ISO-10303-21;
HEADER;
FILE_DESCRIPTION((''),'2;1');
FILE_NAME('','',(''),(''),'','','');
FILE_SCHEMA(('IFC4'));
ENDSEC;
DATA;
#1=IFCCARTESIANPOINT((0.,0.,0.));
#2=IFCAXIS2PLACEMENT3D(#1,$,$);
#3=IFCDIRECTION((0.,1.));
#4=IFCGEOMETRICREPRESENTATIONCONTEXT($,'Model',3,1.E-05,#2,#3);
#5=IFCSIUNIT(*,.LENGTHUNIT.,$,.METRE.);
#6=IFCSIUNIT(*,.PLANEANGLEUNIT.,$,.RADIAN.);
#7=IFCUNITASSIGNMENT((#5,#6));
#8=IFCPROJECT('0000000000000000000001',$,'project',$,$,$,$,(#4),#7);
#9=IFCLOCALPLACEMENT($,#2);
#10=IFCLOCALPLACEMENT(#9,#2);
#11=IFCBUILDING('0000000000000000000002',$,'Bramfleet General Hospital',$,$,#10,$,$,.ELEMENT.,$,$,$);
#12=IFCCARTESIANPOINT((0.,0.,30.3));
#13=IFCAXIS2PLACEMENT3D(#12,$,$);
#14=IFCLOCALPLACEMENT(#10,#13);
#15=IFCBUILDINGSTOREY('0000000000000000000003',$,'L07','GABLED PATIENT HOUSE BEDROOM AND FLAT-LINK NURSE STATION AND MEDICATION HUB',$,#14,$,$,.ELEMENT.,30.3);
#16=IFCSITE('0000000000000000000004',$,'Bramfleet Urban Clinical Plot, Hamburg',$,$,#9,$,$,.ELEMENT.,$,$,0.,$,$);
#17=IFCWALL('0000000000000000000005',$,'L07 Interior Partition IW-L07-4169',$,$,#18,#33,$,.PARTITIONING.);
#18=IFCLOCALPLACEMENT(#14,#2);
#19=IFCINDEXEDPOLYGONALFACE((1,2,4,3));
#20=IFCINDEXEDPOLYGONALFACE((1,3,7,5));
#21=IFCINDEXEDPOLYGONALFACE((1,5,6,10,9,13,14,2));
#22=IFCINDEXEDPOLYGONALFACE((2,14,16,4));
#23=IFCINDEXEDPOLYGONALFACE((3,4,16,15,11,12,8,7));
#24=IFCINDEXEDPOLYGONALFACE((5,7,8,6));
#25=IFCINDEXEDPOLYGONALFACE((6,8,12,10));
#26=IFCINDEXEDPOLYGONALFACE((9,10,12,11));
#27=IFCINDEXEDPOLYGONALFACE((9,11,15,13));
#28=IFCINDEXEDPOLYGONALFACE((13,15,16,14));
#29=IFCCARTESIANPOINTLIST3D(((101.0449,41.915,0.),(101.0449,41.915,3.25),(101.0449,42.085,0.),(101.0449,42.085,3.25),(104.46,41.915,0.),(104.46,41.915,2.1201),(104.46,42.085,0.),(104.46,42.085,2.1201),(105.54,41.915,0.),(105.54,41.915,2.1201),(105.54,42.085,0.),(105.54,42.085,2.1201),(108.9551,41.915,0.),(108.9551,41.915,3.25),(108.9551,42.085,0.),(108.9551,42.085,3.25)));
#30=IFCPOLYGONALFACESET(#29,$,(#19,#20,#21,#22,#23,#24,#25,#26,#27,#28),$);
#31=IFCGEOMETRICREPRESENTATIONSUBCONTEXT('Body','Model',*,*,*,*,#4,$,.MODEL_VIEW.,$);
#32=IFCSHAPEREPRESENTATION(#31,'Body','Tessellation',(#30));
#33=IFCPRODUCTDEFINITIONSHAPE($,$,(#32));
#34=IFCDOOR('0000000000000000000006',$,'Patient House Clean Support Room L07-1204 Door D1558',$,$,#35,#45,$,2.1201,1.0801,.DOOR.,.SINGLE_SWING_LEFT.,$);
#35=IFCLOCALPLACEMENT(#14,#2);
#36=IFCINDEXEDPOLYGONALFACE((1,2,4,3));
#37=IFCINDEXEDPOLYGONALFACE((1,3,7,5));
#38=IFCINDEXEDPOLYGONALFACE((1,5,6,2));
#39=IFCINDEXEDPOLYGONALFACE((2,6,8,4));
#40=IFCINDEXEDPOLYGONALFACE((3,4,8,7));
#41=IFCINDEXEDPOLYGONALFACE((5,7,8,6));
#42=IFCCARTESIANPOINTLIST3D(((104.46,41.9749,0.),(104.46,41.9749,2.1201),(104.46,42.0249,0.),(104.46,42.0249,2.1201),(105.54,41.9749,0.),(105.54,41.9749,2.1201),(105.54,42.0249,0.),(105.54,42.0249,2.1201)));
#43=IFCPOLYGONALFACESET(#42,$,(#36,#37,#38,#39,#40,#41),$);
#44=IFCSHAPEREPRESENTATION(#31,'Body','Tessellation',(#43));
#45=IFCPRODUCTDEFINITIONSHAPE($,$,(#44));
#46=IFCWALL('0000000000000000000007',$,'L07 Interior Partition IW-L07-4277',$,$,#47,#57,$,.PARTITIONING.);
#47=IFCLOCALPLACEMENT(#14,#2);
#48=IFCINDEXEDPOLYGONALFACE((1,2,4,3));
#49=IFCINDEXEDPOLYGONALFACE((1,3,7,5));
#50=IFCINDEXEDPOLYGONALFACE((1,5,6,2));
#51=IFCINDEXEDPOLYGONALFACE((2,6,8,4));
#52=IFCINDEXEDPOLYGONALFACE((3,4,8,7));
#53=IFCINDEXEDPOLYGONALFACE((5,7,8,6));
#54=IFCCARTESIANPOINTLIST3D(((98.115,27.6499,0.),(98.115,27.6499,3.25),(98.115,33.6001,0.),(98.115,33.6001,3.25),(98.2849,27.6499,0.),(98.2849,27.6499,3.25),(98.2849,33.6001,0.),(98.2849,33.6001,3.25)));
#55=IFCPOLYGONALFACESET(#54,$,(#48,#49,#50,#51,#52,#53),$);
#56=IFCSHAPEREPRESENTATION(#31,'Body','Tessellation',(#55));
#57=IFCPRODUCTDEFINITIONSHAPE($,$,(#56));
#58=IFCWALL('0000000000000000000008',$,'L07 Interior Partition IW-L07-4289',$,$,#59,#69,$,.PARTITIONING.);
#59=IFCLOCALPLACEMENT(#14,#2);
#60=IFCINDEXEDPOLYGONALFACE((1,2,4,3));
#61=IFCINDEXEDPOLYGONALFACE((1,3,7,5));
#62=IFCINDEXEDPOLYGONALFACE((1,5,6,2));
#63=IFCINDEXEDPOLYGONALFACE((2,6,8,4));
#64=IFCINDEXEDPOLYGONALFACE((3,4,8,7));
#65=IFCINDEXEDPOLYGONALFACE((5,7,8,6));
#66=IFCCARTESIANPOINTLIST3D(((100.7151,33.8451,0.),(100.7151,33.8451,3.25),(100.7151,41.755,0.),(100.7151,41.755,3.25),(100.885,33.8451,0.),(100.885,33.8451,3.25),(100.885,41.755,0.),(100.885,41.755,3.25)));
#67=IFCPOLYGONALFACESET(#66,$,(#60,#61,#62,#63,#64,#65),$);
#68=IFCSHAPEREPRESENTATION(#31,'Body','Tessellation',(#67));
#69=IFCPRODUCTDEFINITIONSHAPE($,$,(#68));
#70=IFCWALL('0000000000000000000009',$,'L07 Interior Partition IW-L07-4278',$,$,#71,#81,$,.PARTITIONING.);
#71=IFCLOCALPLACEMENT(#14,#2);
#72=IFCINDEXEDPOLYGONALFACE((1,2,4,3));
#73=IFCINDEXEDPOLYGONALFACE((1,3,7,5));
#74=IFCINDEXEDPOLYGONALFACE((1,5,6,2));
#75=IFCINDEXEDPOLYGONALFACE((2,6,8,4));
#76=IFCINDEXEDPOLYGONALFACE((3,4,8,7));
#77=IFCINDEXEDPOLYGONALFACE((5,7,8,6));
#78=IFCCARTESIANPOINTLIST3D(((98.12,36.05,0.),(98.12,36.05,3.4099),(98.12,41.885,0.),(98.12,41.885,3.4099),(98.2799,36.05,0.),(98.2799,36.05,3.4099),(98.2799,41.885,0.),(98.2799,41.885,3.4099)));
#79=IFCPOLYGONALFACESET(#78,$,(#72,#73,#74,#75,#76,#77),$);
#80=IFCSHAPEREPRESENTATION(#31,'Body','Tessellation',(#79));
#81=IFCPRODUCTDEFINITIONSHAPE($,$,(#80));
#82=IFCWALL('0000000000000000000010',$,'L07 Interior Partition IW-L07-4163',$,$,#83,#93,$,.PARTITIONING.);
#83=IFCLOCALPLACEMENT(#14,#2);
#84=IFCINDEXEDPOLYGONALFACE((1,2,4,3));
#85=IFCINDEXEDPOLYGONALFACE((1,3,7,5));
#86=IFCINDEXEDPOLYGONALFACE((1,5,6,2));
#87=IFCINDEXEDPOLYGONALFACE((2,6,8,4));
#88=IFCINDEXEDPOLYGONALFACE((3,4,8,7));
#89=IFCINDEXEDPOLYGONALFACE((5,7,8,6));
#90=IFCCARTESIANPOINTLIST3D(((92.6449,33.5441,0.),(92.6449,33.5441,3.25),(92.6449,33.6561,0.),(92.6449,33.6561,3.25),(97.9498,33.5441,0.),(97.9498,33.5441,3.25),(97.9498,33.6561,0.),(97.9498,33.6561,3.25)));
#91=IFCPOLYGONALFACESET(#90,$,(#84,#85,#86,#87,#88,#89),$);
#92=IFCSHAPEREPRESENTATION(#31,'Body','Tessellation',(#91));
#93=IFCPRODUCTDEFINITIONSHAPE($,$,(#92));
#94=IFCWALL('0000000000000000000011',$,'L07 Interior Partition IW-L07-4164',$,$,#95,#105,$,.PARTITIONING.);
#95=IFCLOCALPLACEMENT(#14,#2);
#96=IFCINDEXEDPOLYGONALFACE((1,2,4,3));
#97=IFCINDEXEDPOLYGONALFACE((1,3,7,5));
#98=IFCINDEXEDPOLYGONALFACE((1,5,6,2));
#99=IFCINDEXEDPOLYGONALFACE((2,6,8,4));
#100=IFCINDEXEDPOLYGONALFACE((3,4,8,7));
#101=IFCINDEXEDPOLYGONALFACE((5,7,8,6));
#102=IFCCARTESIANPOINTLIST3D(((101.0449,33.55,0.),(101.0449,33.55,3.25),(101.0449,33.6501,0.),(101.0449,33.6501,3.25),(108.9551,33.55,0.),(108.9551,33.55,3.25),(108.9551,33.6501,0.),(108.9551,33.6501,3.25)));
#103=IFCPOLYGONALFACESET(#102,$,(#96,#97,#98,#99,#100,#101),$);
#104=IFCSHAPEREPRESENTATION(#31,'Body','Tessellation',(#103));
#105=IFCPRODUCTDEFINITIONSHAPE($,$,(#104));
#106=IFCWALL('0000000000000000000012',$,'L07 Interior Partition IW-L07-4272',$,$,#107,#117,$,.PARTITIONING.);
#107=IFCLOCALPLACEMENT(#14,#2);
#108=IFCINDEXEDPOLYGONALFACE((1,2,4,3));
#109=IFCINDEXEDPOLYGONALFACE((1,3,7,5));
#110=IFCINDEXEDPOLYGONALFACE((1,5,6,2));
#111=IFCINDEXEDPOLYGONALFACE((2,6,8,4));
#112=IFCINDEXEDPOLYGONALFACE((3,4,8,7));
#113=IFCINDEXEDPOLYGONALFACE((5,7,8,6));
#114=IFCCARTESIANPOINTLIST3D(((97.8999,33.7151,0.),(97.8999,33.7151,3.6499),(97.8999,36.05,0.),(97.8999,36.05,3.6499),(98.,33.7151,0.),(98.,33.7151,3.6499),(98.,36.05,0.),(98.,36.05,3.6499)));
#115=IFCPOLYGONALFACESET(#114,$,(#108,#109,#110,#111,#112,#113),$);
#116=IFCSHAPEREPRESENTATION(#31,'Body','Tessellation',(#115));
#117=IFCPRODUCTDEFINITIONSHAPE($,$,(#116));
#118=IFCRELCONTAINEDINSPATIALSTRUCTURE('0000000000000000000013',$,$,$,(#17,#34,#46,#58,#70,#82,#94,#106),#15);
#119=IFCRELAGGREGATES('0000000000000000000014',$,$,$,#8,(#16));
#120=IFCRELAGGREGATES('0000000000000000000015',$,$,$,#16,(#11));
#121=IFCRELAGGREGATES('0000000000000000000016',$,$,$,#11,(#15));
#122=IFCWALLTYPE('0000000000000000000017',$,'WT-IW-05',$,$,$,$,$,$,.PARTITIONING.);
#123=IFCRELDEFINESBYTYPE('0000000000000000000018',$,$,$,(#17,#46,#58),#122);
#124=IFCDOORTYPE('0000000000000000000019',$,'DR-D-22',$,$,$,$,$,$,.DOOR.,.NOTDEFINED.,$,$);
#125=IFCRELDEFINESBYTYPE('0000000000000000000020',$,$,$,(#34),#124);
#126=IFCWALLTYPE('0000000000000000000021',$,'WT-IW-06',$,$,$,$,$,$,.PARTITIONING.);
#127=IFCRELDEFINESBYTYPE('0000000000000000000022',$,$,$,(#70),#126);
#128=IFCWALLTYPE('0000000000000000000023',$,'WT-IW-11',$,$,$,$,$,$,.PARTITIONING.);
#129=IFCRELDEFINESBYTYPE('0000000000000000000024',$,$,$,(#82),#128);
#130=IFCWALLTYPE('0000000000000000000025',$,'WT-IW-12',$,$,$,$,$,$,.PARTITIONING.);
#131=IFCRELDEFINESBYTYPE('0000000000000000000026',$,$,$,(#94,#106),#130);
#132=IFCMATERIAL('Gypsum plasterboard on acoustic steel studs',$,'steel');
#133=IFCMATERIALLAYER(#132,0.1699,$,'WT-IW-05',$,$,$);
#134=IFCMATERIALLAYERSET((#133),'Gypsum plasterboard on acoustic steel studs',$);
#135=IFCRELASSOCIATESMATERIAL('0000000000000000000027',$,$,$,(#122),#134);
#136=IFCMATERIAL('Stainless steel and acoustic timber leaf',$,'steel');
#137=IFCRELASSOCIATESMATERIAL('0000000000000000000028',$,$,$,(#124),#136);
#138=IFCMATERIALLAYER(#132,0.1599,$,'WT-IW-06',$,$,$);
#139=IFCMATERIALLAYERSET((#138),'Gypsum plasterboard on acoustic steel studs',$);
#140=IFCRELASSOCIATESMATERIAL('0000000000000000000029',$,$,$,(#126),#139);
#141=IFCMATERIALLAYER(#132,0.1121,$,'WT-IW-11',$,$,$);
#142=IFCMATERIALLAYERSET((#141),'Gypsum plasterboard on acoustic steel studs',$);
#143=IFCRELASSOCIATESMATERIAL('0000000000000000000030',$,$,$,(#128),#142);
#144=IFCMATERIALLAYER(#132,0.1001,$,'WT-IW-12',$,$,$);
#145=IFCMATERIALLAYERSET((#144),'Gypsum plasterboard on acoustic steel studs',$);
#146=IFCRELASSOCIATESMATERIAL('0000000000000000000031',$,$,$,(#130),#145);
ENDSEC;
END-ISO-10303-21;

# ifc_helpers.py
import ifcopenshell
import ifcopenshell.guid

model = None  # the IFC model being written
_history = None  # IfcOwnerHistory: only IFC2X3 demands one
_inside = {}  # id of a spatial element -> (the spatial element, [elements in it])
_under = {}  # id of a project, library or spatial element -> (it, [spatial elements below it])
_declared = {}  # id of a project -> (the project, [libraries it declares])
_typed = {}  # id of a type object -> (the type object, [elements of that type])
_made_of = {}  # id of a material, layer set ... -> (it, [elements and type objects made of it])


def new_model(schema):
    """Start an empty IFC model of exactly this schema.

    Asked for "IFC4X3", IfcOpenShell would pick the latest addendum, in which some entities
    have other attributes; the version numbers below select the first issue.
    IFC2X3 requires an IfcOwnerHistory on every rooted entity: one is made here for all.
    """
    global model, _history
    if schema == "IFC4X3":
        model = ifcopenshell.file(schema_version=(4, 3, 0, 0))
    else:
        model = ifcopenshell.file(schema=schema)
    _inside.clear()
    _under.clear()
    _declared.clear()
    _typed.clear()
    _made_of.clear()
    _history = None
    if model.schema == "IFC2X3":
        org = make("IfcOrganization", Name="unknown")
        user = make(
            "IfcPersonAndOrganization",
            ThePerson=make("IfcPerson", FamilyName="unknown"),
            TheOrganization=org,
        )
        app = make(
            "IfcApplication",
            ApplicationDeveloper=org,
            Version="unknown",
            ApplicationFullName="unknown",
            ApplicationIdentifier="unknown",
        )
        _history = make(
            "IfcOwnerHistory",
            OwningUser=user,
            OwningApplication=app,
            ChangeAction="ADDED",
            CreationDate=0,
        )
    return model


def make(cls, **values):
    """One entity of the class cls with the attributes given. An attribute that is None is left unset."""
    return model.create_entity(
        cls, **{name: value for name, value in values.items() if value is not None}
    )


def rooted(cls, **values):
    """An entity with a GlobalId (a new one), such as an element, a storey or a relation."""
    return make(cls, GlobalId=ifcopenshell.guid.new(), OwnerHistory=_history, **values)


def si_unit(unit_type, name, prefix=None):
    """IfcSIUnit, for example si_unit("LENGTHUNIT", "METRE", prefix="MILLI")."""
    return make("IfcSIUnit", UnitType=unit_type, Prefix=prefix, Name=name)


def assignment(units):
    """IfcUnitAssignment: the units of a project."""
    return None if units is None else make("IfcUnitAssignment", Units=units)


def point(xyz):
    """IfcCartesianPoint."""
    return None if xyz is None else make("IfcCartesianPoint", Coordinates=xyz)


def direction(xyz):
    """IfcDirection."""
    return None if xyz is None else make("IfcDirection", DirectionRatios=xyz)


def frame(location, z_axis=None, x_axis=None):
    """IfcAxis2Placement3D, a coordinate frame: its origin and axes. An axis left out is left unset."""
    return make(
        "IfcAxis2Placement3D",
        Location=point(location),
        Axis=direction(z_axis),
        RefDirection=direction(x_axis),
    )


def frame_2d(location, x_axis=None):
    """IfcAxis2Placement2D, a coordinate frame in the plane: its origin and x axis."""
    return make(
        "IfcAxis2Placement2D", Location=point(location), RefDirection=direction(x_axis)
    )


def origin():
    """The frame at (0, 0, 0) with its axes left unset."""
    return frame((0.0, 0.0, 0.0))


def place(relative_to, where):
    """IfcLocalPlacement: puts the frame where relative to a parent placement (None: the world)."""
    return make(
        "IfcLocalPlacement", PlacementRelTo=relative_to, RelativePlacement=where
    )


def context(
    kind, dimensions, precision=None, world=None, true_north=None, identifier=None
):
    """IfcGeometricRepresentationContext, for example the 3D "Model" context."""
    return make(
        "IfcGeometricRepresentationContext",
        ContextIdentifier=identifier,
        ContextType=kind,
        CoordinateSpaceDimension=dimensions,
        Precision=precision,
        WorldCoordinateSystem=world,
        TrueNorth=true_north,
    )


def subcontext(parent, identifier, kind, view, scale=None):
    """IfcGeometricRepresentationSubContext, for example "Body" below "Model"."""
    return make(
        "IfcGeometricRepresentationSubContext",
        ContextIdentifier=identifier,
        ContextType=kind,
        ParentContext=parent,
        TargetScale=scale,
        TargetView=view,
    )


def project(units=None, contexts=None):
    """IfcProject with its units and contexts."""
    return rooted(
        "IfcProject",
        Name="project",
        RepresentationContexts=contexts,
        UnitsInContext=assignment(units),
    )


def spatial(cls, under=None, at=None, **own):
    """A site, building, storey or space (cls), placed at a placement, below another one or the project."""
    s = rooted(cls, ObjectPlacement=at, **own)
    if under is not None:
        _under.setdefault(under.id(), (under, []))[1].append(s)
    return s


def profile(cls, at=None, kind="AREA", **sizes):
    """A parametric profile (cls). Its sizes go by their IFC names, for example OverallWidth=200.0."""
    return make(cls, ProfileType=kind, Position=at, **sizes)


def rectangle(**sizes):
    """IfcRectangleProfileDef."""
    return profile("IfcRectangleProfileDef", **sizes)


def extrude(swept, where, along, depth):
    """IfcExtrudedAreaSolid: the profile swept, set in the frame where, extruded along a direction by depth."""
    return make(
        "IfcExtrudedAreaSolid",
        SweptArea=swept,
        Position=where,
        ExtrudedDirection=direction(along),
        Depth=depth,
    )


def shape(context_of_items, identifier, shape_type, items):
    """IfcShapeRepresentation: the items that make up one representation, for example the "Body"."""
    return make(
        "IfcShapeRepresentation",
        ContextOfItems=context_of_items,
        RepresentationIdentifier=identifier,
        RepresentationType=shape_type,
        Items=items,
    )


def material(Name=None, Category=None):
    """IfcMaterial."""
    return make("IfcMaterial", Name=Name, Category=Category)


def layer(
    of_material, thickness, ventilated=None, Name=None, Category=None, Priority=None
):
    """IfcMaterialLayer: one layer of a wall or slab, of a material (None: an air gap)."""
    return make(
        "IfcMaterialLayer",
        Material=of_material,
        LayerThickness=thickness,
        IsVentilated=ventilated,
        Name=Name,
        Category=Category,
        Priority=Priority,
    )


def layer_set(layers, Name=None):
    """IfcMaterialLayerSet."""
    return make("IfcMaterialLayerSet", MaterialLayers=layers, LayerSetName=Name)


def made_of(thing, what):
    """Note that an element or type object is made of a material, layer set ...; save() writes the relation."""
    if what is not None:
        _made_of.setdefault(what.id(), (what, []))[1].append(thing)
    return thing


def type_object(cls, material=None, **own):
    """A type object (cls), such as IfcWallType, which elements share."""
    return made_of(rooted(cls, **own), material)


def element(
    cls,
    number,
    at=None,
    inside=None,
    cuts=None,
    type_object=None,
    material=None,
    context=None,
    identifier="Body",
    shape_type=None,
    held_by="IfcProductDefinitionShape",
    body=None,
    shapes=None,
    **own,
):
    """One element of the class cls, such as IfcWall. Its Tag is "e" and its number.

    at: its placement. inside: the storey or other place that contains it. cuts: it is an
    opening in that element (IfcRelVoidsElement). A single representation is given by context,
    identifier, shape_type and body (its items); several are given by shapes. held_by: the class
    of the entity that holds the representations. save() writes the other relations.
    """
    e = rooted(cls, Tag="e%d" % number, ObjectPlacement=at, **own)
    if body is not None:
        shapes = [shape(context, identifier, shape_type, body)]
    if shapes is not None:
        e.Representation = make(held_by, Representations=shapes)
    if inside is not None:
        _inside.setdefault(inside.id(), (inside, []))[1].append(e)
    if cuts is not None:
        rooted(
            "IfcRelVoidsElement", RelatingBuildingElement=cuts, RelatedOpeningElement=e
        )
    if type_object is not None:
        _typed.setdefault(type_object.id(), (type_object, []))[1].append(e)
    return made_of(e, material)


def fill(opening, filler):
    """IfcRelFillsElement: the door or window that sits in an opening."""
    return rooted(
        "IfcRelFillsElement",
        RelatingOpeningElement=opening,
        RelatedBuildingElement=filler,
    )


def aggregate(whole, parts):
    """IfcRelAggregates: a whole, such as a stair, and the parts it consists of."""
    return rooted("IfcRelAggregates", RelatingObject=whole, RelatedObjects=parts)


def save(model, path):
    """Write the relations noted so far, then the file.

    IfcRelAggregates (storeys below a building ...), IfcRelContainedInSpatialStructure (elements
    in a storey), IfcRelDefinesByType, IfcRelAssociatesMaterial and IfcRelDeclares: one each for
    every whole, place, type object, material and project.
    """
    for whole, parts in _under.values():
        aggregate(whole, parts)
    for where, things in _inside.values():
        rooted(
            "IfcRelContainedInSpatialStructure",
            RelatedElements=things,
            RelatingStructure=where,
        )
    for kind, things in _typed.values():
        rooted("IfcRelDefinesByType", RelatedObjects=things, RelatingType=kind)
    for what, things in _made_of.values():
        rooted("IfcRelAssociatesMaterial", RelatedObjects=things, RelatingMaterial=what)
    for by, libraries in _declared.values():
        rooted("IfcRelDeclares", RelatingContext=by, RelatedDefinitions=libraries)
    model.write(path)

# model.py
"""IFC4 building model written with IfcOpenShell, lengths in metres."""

from ifc_helpers import new_model, si_unit, direction, frame, frame_2d, origin, place, context, subcontext, project, spatial, rectangle, extrude, material, layer, layer_set, type_object, element, fill, save


model = new_model("IFC4")

# Units and contexts
model_context = context("Model", 3, precision=1e-05, world=origin(), true_north=direction((0.0, 1.0)))
body_context = subcontext(model_context, "Body", "Model", "MODEL_VIEW")
ifc_project = project(units=[si_unit("LENGTHUNIT", "METRE"), si_unit("PLANEANGLEUNIT", "RADIAN")], contexts=[model_context])

# Site, building, storey
site_placement = place(None, origin())
site = spatial("IfcSite", under=ifc_project, at=site_placement, Name="Bramfleet Urban Clinical Plot, Hamburg", CompositionType="ELEMENT", RefElevation=0.0)
building_placement = place(site_placement, origin())
building = spatial("IfcBuilding", under=site, at=building_placement, Name="Bramfleet General Hospital", CompositionType="ELEMENT")
storey_placement = place(building_placement, frame((0.0, 0.0, 30.3)))
storey = spatial("IfcBuildingStorey", under=building, at=storey_placement, Name="L07", Description="GABLED PATIENT HOUSE BEDROOM AND FLAT-LINK NURSE STATION AND MEDICATION HUB", CompositionType="ELEMENT", Elevation=30.3)

# Shared definitions
ifc_material_1 = material(Name="Stainless steel and acoustic timber leaf", Category="steel")

# Wall, opening, door
ifc_material_2 = material(Name="Gypsum plasterboard on acoustic steel studs", Category="steel")
ifc_layer_1 = layer(ifc_material_2, 0.1699, Name="WT-IW-05")
ifc_layer_set_1 = layer_set([ifc_layer_1], Name="Gypsum plasterboard on acoustic steel studs")
wall_type_1 = type_object("IfcWallType", Name="WT-IW-05", PredefinedType="PARTITIONING", material=ifc_layer_set_1)
wall_1_placement = place(storey_placement, frame((101.0449, 42.0, 0.0), z_axis=(0.0, 0.0, 1.0), x_axis=(1.0, 0.0, 0.0)))
wall_1 = element("IfcWall", 1, at=wall_1_placement, inside=storey, type_object=wall_type_1, Name="L07 Interior Partition IW-L07-4169", PredefinedType="PARTITIONING", context=body_context, shape_type="SweptSolid", body=[
    extrude(rectangle(XDim=7.9102, YDim=0.1699, at=frame_2d((3.9551, 0.0))), origin(), (0.0, 0.0, 1.0), 3.25),
])
opening_1_placement = place(wall_1_placement, frame((3.415, 0.0, 0.0)))
opening_1 = element("IfcOpeningElement", 2, at=opening_1_placement, cuts=wall_1, PredefinedType="OPENING", context=body_context, shape_type="SweptSolid", body=[
    extrude(rectangle(XDim=1.0801, YDim=2.1201, at=frame_2d((0.54, 1.0601))), frame((0.0, 0.095, 0.0), z_axis=(0.0, -1.0, 0.0), x_axis=(1.0, 0.0, 0.0)), (0.0, 0.0, 1.0), 0.1899),
])
door_type_1 = type_object("IfcDoorType", Name="DR-D-22", OperationType="NOTDEFINED", PredefinedType="DOOR", material=ifc_material_1)
door_1_placement = place(opening_1_placement, origin())
door_1 = element("IfcDoor", 3, at=door_1_placement, inside=storey, type_object=door_type_1, Name="Patient House Clean Support Room L07-1204 Door D1558", OperationType="SINGLE_SWING_LEFT", OverallHeight=2.1201, OverallWidth=1.0801, PredefinedType="DOOR", context=body_context, shape_type="SweptSolid", body=[
    extrude(rectangle(XDim=1.0801, YDim=2.1201, at=frame_2d((0.54, 1.0601))), frame((0.0, 0.0249, 0.0), z_axis=(0.0, -1.0, 0.0), x_axis=(1.0, 0.0, 0.0)), (0.0, 0.0, 1.0), 0.05),
])
fill(opening_1, door_1)

# Walls
wall_2_placement = place(storey_placement, frame((98.2, 27.6499, 0.0), z_axis=(0.0, 0.0, 1.0), x_axis=(0.0, 1.0, 0.0)))
element("IfcWall", 4, at=wall_2_placement, inside=storey, type_object=wall_type_1, Name="L07 Interior Partition IW-L07-4277", PredefinedType="PARTITIONING", context=body_context, shape_type="SweptSolid", body=[
    extrude(rectangle(XDim=5.9502, YDim=0.1699, at=frame_2d((2.9751, 0.0))), origin(), (0.0, 0.0, 1.0), 3.25),
])
wall_3_placement = place(storey_placement, frame((100.8, 33.845, 0.0), z_axis=(0.0, 0.0, 1.0), x_axis=(0.0, 1.0, 0.0)))
element("IfcWall", 5, at=wall_3_placement, inside=storey, type_object=wall_type_1, Name="L07 Interior Partition IW-L07-4289", PredefinedType="PARTITIONING", context=body_context, shape_type="SweptSolid", body=[
    extrude(rectangle(XDim=7.9099, YDim=0.1699, at=frame_2d((3.9551, 0.0))), origin(), (0.0, 0.0, 1.0), 3.25),
])
ifc_layer_2 = layer(ifc_material_2, 0.1599, Name="WT-IW-06")
ifc_layer_set_2 = layer_set([ifc_layer_2], Name="Gypsum plasterboard on acoustic steel studs")
wall_type_2 = type_object("IfcWallType", Name="WT-IW-06", PredefinedType="PARTITIONING", material=ifc_layer_set_2)
wall_4_placement = place(storey_placement, frame((98.2, 36.05, 0.0), z_axis=(0.0, 0.0, 1.0), x_axis=(0.0, 1.0, 0.0)))
element("IfcWall", 6, at=wall_4_placement, inside=storey, type_object=wall_type_2, Name="L07 Interior Partition IW-L07-4278", PredefinedType="PARTITIONING", context=body_context, shape_type="SweptSolid", body=[
    extrude(rectangle(XDim=5.835, YDim=0.1599, at=frame_2d((2.9175, 0.0))), origin(), (0.0, 0.0, 1.0), 3.4099),
])
ifc_layer_3 = layer(ifc_material_2, 0.1121, Name="WT-IW-11")
ifc_layer_set_3 = layer_set([ifc_layer_3], Name="Gypsum plasterboard on acoustic steel studs")
wall_type_3 = type_object("IfcWallType", Name="WT-IW-11", PredefinedType="PARTITIONING", material=ifc_layer_set_3)
wall_5_placement = place(storey_placement, frame((92.645, 33.6001, 0.0), z_axis=(0.0, 0.0, 1.0), x_axis=(1.0, 0.0, 0.0)))
element("IfcWall", 7, at=wall_5_placement, inside=storey, type_object=wall_type_3, Name="L07 Interior Partition IW-L07-4163", PredefinedType="PARTITIONING", context=body_context, shape_type="SweptSolid", body=[
    extrude(rectangle(XDim=5.3049, YDim=0.1121, at=frame_2d((2.6523, 0.0))), origin(), (0.0, 0.0, 1.0), 3.25),
])
ifc_layer_4 = layer(ifc_material_2, 0.1001, Name="WT-IW-12")
ifc_layer_set_4 = layer_set([ifc_layer_4], Name="Gypsum plasterboard on acoustic steel studs")
wall_type_4 = type_object("IfcWallType", Name="WT-IW-12", PredefinedType="PARTITIONING", material=ifc_layer_set_4)
wall_6_placement = place(storey_placement, frame((101.0449, 33.6001, 0.0), z_axis=(0.0, 0.0, 1.0), x_axis=(1.0, 0.0, 0.0)))
element("IfcWall", 8, at=wall_6_placement, inside=storey, type_object=wall_type_4, Name="L07 Interior Partition IW-L07-4164", PredefinedType="PARTITIONING", context=body_context, shape_type="SweptSolid", body=[
    extrude(rectangle(XDim=7.9102, YDim=0.1001, at=frame_2d((3.9551, 0.0))), origin(), (0.0, 0.0, 1.0), 3.25),
])
wall_7_placement = place(storey_placement, frame((97.95, 33.7151, 0.0), z_axis=(0.0, 0.0, 1.0), x_axis=(0.0, 1.0, 0.0)))
element("IfcWall", 9, at=wall_7_placement, inside=storey, type_object=wall_type_4, Name="L07 Interior Partition IW-L07-4272", PredefinedType="PARTITIONING", context=body_context, shape_type="SweptSolid", body=[
    extrude(rectangle(XDim=2.335, YDim=0.1001, at=frame_2d((1.1675, 0.0))), origin(), (0.0, 0.0, 1.0), 3.6499),
])

save(model, "model.ifc")
